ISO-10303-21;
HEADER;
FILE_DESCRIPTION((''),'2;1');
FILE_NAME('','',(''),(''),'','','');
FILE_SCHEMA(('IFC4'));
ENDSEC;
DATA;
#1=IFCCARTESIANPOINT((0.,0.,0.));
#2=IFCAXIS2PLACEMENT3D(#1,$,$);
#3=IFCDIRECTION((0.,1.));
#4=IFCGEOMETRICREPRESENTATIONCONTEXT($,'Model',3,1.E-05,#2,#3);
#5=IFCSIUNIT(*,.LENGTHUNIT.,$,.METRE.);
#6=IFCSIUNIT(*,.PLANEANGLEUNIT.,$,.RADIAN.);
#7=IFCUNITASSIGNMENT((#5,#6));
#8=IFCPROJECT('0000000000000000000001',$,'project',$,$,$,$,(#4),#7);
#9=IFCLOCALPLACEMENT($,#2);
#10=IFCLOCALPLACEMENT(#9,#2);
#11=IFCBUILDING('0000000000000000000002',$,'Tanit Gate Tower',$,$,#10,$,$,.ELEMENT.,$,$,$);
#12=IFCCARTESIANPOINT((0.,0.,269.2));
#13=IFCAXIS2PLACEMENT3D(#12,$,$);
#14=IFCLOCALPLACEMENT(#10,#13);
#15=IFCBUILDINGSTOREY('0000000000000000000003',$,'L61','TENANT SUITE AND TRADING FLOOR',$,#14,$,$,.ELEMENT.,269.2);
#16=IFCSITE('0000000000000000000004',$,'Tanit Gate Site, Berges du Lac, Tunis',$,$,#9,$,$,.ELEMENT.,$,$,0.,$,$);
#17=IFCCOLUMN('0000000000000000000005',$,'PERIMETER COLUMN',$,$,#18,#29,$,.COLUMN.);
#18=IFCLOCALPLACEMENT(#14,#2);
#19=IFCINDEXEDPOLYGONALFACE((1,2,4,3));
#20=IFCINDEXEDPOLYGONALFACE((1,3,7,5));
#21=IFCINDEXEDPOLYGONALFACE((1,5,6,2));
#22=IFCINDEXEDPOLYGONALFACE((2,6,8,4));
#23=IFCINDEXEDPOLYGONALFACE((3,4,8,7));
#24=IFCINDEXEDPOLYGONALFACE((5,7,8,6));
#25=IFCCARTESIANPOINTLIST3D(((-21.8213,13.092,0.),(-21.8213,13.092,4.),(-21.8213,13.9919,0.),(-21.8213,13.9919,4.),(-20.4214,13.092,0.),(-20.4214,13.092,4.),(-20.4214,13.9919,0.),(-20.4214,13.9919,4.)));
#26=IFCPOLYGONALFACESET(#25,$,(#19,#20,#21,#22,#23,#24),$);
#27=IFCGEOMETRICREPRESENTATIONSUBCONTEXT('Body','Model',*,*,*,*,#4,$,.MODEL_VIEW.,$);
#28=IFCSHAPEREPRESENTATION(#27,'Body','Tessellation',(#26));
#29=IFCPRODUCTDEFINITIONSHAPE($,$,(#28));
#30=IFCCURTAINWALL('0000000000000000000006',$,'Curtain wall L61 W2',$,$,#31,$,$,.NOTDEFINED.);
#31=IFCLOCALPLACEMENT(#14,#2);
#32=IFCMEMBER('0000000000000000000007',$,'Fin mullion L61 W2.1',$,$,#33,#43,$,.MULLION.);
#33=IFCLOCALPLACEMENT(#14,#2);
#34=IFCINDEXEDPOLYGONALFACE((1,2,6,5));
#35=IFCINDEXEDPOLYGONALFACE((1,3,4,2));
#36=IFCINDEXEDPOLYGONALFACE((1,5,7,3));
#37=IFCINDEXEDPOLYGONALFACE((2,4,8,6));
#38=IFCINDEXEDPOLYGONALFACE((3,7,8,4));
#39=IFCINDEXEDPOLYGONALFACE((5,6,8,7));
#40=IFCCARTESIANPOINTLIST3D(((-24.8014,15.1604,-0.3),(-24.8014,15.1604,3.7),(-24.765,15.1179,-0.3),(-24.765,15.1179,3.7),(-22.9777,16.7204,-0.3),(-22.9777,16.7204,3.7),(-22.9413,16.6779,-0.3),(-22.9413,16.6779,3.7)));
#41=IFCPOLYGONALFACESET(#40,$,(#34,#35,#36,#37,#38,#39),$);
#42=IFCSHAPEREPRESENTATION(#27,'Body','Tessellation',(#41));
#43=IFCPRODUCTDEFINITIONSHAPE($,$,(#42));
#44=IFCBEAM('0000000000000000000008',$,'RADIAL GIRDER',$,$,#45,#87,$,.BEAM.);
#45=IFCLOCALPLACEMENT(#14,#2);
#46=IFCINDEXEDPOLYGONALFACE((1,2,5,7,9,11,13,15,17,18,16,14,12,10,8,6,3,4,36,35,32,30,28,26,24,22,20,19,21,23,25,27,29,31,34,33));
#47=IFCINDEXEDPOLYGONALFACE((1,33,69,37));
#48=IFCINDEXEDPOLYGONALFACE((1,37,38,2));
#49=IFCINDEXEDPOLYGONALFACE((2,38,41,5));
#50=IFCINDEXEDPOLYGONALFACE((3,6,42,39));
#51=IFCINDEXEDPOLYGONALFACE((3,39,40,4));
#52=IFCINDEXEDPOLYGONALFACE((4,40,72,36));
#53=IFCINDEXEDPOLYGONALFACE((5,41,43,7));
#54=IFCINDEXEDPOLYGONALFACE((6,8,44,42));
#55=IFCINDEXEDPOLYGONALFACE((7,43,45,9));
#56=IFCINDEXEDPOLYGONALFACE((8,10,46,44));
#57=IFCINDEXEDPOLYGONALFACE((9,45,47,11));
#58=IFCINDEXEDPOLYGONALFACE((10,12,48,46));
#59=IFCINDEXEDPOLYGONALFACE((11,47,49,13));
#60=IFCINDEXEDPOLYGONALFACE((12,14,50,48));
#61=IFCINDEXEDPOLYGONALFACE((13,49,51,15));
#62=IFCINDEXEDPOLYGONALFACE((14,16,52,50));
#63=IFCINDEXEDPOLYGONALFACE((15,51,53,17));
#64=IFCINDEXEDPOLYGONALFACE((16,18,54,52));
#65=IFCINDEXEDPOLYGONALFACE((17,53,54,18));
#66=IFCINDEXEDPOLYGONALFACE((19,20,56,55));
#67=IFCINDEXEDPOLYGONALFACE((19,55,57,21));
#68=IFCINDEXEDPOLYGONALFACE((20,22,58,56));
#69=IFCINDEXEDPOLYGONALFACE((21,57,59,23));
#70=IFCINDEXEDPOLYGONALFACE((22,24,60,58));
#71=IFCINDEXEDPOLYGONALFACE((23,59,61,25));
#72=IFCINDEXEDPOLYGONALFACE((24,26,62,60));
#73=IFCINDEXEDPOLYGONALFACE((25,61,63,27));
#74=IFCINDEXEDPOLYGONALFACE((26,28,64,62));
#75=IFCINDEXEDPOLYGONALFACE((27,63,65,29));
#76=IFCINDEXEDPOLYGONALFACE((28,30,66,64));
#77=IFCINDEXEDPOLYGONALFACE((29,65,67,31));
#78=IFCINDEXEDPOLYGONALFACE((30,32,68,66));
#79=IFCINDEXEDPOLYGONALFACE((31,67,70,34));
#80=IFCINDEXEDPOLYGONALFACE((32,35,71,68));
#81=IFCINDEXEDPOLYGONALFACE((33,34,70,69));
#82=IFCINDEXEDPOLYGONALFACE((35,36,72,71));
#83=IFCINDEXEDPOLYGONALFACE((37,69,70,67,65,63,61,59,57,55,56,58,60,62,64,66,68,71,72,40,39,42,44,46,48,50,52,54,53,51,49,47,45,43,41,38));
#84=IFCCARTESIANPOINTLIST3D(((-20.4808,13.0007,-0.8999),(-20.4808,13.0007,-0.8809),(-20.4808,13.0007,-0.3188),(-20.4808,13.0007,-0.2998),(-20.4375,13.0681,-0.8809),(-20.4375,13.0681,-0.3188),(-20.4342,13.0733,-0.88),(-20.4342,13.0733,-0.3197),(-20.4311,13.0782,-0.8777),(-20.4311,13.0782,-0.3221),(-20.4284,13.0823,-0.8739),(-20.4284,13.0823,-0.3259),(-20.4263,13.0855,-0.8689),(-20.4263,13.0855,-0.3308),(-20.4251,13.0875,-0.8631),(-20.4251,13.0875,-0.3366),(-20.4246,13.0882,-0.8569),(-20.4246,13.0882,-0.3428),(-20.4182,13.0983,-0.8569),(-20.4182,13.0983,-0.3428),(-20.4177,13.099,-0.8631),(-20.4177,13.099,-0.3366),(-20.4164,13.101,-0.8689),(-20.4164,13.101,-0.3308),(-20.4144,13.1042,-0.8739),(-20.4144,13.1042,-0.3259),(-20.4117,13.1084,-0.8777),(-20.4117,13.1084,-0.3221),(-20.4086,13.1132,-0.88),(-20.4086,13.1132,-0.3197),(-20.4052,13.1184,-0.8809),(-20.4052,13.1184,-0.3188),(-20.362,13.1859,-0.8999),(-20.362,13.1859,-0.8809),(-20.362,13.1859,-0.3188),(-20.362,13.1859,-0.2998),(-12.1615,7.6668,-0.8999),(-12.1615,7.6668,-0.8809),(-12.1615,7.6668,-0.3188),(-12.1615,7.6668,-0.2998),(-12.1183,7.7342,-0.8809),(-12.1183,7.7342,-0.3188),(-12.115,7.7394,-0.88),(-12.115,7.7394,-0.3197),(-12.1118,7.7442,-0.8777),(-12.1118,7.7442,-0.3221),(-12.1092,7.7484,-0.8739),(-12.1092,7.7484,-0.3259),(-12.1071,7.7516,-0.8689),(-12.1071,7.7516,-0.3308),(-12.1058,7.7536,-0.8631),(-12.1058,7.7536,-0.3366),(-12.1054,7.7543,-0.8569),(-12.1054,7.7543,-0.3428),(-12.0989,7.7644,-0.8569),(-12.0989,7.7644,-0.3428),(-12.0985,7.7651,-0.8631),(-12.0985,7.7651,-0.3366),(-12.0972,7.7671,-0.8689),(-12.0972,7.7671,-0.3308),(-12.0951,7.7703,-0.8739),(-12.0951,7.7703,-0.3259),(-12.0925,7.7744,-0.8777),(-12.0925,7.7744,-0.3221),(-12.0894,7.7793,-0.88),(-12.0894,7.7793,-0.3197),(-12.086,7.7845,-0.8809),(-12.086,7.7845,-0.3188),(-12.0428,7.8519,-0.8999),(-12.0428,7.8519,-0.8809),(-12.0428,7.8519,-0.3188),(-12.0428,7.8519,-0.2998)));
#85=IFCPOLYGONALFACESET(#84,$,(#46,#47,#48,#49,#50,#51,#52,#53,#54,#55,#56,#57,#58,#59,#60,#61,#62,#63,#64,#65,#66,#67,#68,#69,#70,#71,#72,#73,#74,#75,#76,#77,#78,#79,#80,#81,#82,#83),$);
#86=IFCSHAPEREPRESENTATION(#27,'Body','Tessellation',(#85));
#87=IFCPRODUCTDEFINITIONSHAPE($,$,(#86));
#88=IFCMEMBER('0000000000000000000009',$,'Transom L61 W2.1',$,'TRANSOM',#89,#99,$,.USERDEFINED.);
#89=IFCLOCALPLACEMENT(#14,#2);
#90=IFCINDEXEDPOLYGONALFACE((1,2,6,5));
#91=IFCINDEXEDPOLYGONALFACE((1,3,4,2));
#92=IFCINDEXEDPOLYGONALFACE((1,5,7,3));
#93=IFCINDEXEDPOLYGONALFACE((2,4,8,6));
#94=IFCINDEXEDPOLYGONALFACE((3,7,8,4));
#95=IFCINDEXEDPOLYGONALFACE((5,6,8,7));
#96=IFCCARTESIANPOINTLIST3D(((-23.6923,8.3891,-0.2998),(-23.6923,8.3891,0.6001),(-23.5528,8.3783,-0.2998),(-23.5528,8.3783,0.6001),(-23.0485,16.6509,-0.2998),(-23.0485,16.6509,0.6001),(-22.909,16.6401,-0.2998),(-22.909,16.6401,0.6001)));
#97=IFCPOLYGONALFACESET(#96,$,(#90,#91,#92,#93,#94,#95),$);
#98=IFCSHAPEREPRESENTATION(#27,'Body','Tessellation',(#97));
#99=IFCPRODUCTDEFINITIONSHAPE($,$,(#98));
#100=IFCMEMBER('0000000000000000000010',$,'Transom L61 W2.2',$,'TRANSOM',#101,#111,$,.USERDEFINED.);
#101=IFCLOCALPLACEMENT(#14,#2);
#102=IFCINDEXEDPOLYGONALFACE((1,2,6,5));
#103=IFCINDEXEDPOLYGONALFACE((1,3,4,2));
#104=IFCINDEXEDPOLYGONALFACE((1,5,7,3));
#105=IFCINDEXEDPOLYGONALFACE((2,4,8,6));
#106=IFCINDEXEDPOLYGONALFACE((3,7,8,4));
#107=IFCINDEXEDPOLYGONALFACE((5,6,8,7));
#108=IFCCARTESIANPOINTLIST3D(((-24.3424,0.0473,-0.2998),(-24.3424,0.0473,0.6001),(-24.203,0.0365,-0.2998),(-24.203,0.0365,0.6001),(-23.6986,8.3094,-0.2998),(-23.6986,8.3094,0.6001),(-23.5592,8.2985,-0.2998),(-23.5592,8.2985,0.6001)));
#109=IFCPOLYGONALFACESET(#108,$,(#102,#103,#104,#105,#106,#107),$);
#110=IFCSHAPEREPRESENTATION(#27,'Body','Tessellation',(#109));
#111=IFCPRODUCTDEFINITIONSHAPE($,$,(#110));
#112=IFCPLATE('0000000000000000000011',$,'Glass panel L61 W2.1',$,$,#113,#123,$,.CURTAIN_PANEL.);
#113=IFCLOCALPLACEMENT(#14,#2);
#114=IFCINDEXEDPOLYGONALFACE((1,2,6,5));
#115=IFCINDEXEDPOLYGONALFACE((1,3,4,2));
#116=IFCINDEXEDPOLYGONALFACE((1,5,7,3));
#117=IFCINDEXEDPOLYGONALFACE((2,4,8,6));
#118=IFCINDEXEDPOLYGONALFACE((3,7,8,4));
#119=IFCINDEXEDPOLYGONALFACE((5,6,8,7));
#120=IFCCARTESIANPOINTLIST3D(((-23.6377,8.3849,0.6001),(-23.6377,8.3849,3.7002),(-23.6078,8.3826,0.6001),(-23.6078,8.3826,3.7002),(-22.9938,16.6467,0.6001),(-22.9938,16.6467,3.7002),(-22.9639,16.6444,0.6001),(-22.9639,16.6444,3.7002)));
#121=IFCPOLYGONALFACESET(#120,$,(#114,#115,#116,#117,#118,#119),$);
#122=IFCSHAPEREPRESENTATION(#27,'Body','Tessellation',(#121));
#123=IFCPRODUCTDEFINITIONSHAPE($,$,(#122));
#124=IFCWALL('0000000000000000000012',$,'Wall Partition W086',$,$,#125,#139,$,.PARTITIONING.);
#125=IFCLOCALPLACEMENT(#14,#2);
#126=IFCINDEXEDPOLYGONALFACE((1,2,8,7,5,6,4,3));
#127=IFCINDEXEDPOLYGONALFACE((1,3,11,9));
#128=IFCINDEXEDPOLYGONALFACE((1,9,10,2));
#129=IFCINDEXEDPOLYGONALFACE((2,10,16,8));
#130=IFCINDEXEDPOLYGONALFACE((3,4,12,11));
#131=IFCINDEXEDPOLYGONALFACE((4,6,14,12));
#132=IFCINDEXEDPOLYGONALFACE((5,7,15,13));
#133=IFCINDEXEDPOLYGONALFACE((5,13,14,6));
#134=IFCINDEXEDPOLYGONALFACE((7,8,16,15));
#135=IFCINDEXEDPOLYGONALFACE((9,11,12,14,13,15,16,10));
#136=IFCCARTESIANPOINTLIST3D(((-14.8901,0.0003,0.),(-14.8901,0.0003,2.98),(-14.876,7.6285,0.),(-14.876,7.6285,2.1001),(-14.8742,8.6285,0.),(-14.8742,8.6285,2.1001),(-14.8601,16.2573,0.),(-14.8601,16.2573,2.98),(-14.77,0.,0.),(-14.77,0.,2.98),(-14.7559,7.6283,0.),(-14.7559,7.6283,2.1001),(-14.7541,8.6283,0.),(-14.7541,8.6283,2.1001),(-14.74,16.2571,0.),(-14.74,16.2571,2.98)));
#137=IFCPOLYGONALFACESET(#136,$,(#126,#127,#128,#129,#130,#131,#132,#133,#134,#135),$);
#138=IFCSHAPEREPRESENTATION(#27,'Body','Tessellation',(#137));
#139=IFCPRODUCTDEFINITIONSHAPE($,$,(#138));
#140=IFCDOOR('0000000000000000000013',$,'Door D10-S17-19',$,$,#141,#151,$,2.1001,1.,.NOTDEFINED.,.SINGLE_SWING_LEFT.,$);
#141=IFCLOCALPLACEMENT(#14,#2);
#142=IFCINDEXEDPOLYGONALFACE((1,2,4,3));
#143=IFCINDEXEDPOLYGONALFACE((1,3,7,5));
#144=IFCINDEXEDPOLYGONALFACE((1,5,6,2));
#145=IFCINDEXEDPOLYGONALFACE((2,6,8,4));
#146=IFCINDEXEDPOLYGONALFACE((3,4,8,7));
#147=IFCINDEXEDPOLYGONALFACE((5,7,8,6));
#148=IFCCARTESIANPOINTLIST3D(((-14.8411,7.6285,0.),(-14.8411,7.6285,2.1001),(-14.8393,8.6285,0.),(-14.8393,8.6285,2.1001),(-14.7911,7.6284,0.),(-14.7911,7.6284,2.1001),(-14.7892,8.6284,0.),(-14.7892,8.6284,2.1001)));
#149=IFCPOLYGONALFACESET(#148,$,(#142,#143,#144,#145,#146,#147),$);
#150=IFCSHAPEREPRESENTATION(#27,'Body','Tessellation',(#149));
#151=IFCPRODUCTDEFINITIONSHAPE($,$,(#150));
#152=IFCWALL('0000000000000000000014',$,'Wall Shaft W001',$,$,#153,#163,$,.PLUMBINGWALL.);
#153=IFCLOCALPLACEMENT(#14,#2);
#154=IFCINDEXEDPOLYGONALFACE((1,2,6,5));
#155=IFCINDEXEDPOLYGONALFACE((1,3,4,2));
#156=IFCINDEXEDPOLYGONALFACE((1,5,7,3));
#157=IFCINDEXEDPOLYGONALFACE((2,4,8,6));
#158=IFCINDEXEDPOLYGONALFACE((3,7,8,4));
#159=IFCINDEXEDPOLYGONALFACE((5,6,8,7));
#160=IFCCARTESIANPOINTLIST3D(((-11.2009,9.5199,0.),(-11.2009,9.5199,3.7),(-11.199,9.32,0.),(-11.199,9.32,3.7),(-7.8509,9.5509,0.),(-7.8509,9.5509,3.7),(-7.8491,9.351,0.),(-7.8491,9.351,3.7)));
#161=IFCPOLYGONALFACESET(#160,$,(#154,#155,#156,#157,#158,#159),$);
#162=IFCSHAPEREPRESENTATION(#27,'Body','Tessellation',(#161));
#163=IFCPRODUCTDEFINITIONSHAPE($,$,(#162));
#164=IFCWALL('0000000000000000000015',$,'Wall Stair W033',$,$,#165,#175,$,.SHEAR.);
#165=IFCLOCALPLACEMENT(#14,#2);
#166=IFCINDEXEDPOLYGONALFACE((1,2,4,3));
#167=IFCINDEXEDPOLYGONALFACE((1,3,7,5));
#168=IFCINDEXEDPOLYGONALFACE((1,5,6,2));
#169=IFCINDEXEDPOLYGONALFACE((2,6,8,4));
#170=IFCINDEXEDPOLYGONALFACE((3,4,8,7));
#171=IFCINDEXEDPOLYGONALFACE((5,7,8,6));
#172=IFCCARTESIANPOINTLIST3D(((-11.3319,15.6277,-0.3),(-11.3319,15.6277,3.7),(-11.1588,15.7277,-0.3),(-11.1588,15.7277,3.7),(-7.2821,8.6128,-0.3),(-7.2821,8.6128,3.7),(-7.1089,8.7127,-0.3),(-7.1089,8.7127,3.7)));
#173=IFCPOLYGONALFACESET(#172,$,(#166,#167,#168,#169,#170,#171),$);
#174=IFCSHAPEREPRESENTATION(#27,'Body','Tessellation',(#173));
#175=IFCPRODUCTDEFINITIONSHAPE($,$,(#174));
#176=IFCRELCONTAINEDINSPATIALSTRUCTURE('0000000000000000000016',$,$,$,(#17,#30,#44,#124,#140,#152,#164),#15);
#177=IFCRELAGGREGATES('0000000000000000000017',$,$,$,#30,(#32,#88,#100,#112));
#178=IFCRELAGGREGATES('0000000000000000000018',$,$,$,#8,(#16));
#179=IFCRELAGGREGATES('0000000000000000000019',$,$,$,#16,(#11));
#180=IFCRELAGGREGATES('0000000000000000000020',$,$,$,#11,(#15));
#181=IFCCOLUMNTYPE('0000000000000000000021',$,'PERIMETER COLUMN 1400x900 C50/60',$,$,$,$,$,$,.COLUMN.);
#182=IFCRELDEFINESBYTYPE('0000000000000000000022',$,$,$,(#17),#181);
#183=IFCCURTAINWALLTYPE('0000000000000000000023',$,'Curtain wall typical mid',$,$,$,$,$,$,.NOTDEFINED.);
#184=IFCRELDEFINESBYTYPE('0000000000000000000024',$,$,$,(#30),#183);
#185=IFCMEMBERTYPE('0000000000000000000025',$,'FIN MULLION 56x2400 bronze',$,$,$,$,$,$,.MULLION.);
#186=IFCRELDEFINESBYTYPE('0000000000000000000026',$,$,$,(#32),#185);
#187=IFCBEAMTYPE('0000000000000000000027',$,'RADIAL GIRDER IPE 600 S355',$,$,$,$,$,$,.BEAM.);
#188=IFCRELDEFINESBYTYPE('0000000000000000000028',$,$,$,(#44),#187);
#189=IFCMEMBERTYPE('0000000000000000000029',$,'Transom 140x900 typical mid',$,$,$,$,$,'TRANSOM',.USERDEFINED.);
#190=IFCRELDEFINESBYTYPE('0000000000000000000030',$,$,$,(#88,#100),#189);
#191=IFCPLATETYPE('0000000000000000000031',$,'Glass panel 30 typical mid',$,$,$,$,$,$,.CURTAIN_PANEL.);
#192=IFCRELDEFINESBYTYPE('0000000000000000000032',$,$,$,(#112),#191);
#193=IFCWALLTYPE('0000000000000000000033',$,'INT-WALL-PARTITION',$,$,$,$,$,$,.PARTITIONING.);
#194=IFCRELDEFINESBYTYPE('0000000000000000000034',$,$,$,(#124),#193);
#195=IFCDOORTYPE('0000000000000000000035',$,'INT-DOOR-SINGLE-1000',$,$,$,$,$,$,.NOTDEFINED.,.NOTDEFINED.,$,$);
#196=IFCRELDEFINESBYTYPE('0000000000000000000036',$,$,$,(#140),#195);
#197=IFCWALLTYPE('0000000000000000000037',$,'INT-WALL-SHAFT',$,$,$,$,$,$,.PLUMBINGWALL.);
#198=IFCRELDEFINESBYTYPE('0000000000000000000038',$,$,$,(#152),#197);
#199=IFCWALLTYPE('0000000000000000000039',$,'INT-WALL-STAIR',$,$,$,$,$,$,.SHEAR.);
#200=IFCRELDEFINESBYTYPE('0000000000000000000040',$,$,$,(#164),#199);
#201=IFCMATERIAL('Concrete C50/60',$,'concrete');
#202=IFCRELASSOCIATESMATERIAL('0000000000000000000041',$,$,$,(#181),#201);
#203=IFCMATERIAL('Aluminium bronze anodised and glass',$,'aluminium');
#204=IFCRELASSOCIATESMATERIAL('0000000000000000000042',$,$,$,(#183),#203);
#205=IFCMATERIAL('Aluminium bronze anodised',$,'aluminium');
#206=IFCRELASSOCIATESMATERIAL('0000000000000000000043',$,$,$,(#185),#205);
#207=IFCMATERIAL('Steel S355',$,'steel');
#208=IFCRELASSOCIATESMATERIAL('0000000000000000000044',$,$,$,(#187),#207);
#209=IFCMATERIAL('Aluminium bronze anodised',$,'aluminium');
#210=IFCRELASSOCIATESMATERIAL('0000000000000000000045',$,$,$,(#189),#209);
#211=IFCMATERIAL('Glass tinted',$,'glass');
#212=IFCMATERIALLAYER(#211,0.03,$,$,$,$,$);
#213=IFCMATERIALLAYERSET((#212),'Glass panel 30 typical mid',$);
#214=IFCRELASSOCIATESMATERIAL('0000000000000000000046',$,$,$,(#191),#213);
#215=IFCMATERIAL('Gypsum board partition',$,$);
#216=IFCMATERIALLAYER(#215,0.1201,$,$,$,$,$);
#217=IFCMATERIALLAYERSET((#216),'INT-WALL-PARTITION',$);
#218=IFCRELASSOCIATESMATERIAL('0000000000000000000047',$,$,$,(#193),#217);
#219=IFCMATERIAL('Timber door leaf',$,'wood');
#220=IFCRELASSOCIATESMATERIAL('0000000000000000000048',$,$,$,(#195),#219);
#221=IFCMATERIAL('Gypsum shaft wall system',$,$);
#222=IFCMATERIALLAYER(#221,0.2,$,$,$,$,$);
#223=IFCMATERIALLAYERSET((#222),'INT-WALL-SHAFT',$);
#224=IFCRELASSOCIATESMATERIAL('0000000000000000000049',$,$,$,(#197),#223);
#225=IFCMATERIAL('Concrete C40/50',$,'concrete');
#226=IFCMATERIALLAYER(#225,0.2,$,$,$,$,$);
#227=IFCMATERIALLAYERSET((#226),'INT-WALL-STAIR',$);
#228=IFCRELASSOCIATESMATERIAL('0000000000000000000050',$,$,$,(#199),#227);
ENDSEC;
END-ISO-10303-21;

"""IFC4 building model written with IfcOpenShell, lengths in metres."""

from ifc_helpers import new_model, si_unit, direction, frame, frame_2d, origin, origin_2d, place, context, subcontext, project, spatial, rectangle, i_section, extrude, material, layer, layer_set, material_profile, profile_set, type_object, element, fill, aggregate, save


model = new_model("IFC4")

# Units and contexts
model_context = context("Model", 3, precision=1e-05, world=origin(), true_north=direction((0.0, 1.0)))
body_context = subcontext(model_context, "Body", "Model", "MODEL_VIEW")
ifc_project = project(units=[si_unit("LENGTHUNIT", "METRE"), si_unit("PLANEANGLEUNIT", "RADIAN")], contexts=[model_context])

# Site, building, storey
site_placement = place(None, origin())
site = spatial("IfcSite", under=ifc_project, at=site_placement, Name="Tanit Gate Site, Berges du Lac, Tunis", CompositionType="ELEMENT", RefElevation=0.0)
building_placement = place(site_placement, origin())
building = spatial("IfcBuilding", under=site, at=building_placement, Name="Tanit Gate Tower", CompositionType="ELEMENT")
storey_placement = place(building_placement, frame((0.0, 0.0, 269.2)))
storey = spatial("IfcBuildingStorey", under=building, at=storey_placement, Name="L61", Description="TENANT SUITE AND TRADING FLOOR", CompositionType="ELEMENT", Elevation=269.2)

# Column
ifc_material_1 = material(Name="Concrete C50/60", Category="concrete")
ifc_material_profile_1 = material_profile(ifc_material_1, rectangle(XDim=1.3999, YDim=0.8999, at=origin_2d()), Name="RC 1400x900")
ifc_profile_set_1 = profile_set([ifc_material_profile_1], Name="Concrete C50/60")
column_type = type_object("IfcColumnType", Name="PERIMETER COLUMN 1400x900 C50/60", PredefinedType="COLUMN", material=ifc_profile_set_1)
column_placement = place(storey_placement, frame((-21.1213, 13.542, 0.0), z_axis=(0.0, 0.0, 1.0), x_axis=(-1.0, 0.0, 0.0)))
element("IfcColumn", 1, at=column_placement, inside=storey, type_object=column_type, Name="PERIMETER COLUMN", PredefinedType="COLUMN", context=body_context, shape_type="SweptSolid", body=[
    extrude(rectangle(XDim=1.3999, YDim=0.8999, at=origin_2d()), origin(), (0.0, 0.0, 1.0), 4.0),
])

# Curtain wall, member
ifc_material_2 = material(Name="Aluminium bronze anodised and glass", Category="aluminium")
curtain_wall_type = type_object("IfcCurtainWallType", Name="Curtain wall typical mid", PredefinedType="NOTDEFINED", material=ifc_material_2)
curtain_wall_placement = place(storey_placement, origin())
curtain_wall = element("IfcCurtainWall", 2, at=curtain_wall_placement, inside=storey, type_object=curtain_wall_type, Name="Curtain wall L61 W2", PredefinedType="NOTDEFINED")
ifc_material_3 = material(Name="Aluminium bronze anodised", Category="aluminium")
ifc_material_profile_2 = material_profile(ifc_material_3, rectangle(XDim=2.3999, YDim=0.0559, at=origin_2d()), Name="56x2400 bronze fin mullion")
ifc_profile_set_2 = profile_set([ifc_material_profile_2], Name="Aluminium bronze anodised")
member_type_1 = type_object("IfcMemberType", Name="FIN MULLION 56x2400 bronze", PredefinedType="MULLION", material=ifc_profile_set_2)
member_1_placement = place(storey_placement, frame((-23.8713, 15.9192, -0.3), z_axis=(0.0, 0.0, 1.0), x_axis=(0.759912, 0.650026, 0.0)))
member_1 = element("IfcMember", 3, at=member_1_placement, type_object=member_type_1, Name="Fin mullion L61 W2.1", PredefinedType="MULLION", context=body_context, shape_type="SweptSolid", body=[
    extrude(rectangle(XDim=2.3999, YDim=0.0559, at=origin_2d()), origin(), (0.0, 0.0, 1.0), 4.0),
])

# Beam
ifc_material_4 = material(Name="Steel S355", Category="steel")
ifc_material_profile_3 = material_profile(ifc_material_4, i_section(OverallWidth=0.22, OverallDepth=0.6001, WebThickness=0.012, FlangeThickness=0.019, FilletRadius=0.0239, at=origin_2d()), Name="IPE 600")
ifc_profile_set_3 = profile_set([ifc_material_profile_3], Name="Steel S355")
beam_type = type_object("IfcBeamType", Name="RADIAL GIRDER IPE 600 S355", PredefinedType="BEAM", material=ifc_profile_set_3)
beam_placement = place(storey_placement, frame((-20.4214, 13.0933, -0.5999), z_axis=(0.84183, -0.539743, 0.0), x_axis=(0.539743, 0.84183, 0.0)))
element("IfcBeam", 4, at=beam_placement, inside=storey, type_object=beam_type, Name="RADIAL GIRDER", PredefinedType="BEAM", context=body_context, shape_type="SweptSolid", body=[
    extrude(i_section(OverallWidth=0.22, OverallDepth=0.6001, WebThickness=0.012, FlangeThickness=0.019, FilletRadius=0.0239, at=origin_2d()), origin(), (0.0, 0.0, 1.0), 9.8823),
])

# Members
ifc_material_5 = material(Name="Aluminium bronze anodised", Category="aluminium")
ifc_material_profile_4 = material_profile(ifc_material_5, rectangle(XDim=0.1399, YDim=0.8999, at=origin_2d()), Name="140x900 bronze transom")
ifc_profile_set_4 = profile_set([ifc_material_profile_4], Name="Aluminium bronze anodised")
member_type_2 = type_object("IfcMemberType", Name="Transom 140x900 typical mid", ElementType="TRANSOM", PredefinedType="USERDEFINED", material=ifc_profile_set_4)
member_2_placement = place(storey_placement, frame((-22.9788, 16.6455, 0.1501), z_axis=(-0.07769, -0.996978, 0.0), x_axis=(0.996978, -0.07769, 0.0)))
member_2 = element("IfcMember", 5, at=member_2_placement, type_object=member_type_2, Name="Transom L61 W2.1", ObjectType="TRANSOM", PredefinedType="USERDEFINED", context=body_context, shape_type="SweptSolid", body=[
    extrude(rectangle(XDim=0.1399, YDim=0.8999, at=origin_2d()), origin(), (0.0, 0.0, 1.0), 8.2869),
])
member_3_placement = place(storey_placement, frame((-23.6289, 8.304, 0.1501), z_axis=(-0.077688, -0.996978, 0.0), x_axis=(0.996978, -0.077688, 0.0)))
member_3 = element("IfcMember", 6, at=member_3_placement, type_object=member_type_2, Name="Transom L61 W2.2", ObjectType="TRANSOM", PredefinedType="USERDEFINED", context=body_context, shape_type="SweptSolid", body=[
    extrude(rectangle(XDim=0.1399, YDim=0.8999, at=origin_2d()), origin(), (0.0, 0.0, 1.0), 8.2871),
])

# Plate
ifc_material_6 = material(Name="Glass tinted", Category="glass")
ifc_layer_1 = layer(ifc_material_6, 0.03)
ifc_layer_set_1 = layer_set([ifc_layer_1], Name="Glass panel 30 typical mid")
plate_type = type_object("IfcPlateType", Name="Glass panel 30 typical mid", PredefinedType="CURTAIN_PANEL", material=ifc_layer_set_1)
plate_placement = place(storey_placement, frame((-23.3008, 12.5146, 0.6001), z_axis=(0.0, 0.0, 1.0), x_axis=(-0.077701, -0.996977, 0.0)))
plate = element("IfcPlate", 7, at=plate_placement, type_object=plate_type, Name="Glass panel L61 W2.1", PredefinedType="CURTAIN_PANEL", context=body_context, shape_type="SweptSolid", body=[
    extrude(rectangle(XDim=8.2869, YDim=0.03, at=origin_2d()), origin(), (0.0, 0.0, 1.0), 3.1001),
])
aggregate(curtain_wall, [member_1, member_2, member_3, plate])

# Wall, opening, door
ifc_material_7 = material(Name="Gypsum board partition")
ifc_layer_2 = layer(ifc_material_7, 0.1201)
ifc_layer_set_2 = layer_set([ifc_layer_2], Name="INT-WALL-PARTITION")
wall_type_1 = type_object("IfcWallType", Name="INT-WALL-PARTITION", PredefinedType="PARTITIONING", material=ifc_layer_set_2)
wall_1_placement = place(storey_placement, frame((-14.8, 16.2571, 0.0), z_axis=(0.0, 0.0, 1.0), x_axis=(-0.001847, -0.999998, 0.0)))
wall_1 = element("IfcWall", 8, at=wall_1_placement, inside=storey, type_object=wall_type_1, Name="Wall Partition W086", PredefinedType="PARTITIONING", context=body_context, shape_type="SweptSolid", body=[
    extrude(rectangle(XDim=16.2571, YDim=0.1201, at=frame_2d((8.1284, 0.0))), origin(), (0.0, 0.0, 1.0), 2.98),
])
opening_1_placement = place(wall_1_placement, frame((7.6287, 0.0, 0.0)))
opening_1 = element("IfcOpeningElement", 9, at=opening_1_placement, cuts=wall_1, PredefinedType="OPENING", context=body_context, shape_type="SweptSolid", body=[
    extrude(rectangle(XDim=1.0, YDim=2.1001, at=frame_2d((0.5, 1.05))), frame((0.0, 0.0701, 0.0), z_axis=(0.0, -1.0, 0.0), x_axis=(1.0, 0.0, 0.0)), (0.0, 0.0, 1.0), 0.1401),
])
ifc_material_8 = material(Name="Timber door leaf", Category="wood")
door_type_1 = type_object("IfcDoorType", Name="INT-DOOR-SINGLE-1000", OperationType="NOTDEFINED", PredefinedType="NOTDEFINED", material=ifc_material_8)
door_1_placement = place(opening_1_placement, origin())
door_1 = element("IfcDoor", 10, at=door_1_placement, inside=storey, type_object=door_type_1, Name="Door D10-S17-19", OperationType="SINGLE_SWING_LEFT", OverallHeight=2.1001, OverallWidth=1.0, PredefinedType="NOTDEFINED", context=body_context, shape_type="SweptSolid", body=[
    extrude(rectangle(XDim=1.0, YDim=2.1001, at=frame_2d((0.5, 1.05))), frame((0.0, 0.0249, 0.0), z_axis=(0.0, -1.0, 0.0), x_axis=(1.0, 0.0, 0.0)), (0.0, 0.0, 1.0), 0.05),
])
fill(opening_1, door_1)

# Walls
ifc_material_9 = material(Name="Gypsum shaft wall system")
ifc_layer_3 = layer(ifc_material_9, 0.2)
ifc_layer_set_3 = layer_set([ifc_layer_3], Name="INT-WALL-SHAFT")
wall_type_2 = type_object("IfcWallType", Name="INT-WALL-SHAFT", PredefinedType="PLUMBINGWALL", material=ifc_layer_set_3)
wall_2_placement = place(storey_placement, frame((-11.2, 9.4199, 0.0), z_axis=(0.0, 0.0, 1.0), x_axis=(0.999957, 0.009255, 0.0)))
element("IfcWall", 11, at=wall_2_placement, inside=storey, type_object=wall_type_2, Name="Wall Shaft W001", PredefinedType="PLUMBINGWALL", context=body_context, shape_type="SweptSolid", body=[
    extrude(rectangle(XDim=3.3501, YDim=0.2, at=frame_2d((1.675, 0.0))), origin(), (0.0, 0.0, 1.0), 3.7),
])
ifc_material_10 = material(Name="Concrete C40/50", Category="concrete")
ifc_layer_4 = layer(ifc_material_10, 0.2)
ifc_layer_set_4 = layer_set([ifc_layer_4], Name="INT-WALL-STAIR")
wall_type_3 = type_object("IfcWallType", Name="INT-WALL-STAIR", PredefinedType="SHEAR", material=ifc_layer_set_4)
wall_3_placement = place(storey_placement, frame((-11.2454, 15.6777, -0.3), z_axis=(0.0, 0.0, 1.0), x_axis=(0.499977, -0.866039, 0.0)))
element("IfcWall", 12, at=wall_3_placement, inside=storey, type_object=wall_type_3, Name="Wall Stair W033", PredefinedType="SHEAR", context=body_context, shape_type="SweptSolid", body=[
    extrude(rectangle(XDim=8.1001, YDim=0.2, at=frame_2d((4.05, 0.0))), origin(), (0.0, 0.0, 1.0), 4.0),
])

save(model, "model.ifc")
